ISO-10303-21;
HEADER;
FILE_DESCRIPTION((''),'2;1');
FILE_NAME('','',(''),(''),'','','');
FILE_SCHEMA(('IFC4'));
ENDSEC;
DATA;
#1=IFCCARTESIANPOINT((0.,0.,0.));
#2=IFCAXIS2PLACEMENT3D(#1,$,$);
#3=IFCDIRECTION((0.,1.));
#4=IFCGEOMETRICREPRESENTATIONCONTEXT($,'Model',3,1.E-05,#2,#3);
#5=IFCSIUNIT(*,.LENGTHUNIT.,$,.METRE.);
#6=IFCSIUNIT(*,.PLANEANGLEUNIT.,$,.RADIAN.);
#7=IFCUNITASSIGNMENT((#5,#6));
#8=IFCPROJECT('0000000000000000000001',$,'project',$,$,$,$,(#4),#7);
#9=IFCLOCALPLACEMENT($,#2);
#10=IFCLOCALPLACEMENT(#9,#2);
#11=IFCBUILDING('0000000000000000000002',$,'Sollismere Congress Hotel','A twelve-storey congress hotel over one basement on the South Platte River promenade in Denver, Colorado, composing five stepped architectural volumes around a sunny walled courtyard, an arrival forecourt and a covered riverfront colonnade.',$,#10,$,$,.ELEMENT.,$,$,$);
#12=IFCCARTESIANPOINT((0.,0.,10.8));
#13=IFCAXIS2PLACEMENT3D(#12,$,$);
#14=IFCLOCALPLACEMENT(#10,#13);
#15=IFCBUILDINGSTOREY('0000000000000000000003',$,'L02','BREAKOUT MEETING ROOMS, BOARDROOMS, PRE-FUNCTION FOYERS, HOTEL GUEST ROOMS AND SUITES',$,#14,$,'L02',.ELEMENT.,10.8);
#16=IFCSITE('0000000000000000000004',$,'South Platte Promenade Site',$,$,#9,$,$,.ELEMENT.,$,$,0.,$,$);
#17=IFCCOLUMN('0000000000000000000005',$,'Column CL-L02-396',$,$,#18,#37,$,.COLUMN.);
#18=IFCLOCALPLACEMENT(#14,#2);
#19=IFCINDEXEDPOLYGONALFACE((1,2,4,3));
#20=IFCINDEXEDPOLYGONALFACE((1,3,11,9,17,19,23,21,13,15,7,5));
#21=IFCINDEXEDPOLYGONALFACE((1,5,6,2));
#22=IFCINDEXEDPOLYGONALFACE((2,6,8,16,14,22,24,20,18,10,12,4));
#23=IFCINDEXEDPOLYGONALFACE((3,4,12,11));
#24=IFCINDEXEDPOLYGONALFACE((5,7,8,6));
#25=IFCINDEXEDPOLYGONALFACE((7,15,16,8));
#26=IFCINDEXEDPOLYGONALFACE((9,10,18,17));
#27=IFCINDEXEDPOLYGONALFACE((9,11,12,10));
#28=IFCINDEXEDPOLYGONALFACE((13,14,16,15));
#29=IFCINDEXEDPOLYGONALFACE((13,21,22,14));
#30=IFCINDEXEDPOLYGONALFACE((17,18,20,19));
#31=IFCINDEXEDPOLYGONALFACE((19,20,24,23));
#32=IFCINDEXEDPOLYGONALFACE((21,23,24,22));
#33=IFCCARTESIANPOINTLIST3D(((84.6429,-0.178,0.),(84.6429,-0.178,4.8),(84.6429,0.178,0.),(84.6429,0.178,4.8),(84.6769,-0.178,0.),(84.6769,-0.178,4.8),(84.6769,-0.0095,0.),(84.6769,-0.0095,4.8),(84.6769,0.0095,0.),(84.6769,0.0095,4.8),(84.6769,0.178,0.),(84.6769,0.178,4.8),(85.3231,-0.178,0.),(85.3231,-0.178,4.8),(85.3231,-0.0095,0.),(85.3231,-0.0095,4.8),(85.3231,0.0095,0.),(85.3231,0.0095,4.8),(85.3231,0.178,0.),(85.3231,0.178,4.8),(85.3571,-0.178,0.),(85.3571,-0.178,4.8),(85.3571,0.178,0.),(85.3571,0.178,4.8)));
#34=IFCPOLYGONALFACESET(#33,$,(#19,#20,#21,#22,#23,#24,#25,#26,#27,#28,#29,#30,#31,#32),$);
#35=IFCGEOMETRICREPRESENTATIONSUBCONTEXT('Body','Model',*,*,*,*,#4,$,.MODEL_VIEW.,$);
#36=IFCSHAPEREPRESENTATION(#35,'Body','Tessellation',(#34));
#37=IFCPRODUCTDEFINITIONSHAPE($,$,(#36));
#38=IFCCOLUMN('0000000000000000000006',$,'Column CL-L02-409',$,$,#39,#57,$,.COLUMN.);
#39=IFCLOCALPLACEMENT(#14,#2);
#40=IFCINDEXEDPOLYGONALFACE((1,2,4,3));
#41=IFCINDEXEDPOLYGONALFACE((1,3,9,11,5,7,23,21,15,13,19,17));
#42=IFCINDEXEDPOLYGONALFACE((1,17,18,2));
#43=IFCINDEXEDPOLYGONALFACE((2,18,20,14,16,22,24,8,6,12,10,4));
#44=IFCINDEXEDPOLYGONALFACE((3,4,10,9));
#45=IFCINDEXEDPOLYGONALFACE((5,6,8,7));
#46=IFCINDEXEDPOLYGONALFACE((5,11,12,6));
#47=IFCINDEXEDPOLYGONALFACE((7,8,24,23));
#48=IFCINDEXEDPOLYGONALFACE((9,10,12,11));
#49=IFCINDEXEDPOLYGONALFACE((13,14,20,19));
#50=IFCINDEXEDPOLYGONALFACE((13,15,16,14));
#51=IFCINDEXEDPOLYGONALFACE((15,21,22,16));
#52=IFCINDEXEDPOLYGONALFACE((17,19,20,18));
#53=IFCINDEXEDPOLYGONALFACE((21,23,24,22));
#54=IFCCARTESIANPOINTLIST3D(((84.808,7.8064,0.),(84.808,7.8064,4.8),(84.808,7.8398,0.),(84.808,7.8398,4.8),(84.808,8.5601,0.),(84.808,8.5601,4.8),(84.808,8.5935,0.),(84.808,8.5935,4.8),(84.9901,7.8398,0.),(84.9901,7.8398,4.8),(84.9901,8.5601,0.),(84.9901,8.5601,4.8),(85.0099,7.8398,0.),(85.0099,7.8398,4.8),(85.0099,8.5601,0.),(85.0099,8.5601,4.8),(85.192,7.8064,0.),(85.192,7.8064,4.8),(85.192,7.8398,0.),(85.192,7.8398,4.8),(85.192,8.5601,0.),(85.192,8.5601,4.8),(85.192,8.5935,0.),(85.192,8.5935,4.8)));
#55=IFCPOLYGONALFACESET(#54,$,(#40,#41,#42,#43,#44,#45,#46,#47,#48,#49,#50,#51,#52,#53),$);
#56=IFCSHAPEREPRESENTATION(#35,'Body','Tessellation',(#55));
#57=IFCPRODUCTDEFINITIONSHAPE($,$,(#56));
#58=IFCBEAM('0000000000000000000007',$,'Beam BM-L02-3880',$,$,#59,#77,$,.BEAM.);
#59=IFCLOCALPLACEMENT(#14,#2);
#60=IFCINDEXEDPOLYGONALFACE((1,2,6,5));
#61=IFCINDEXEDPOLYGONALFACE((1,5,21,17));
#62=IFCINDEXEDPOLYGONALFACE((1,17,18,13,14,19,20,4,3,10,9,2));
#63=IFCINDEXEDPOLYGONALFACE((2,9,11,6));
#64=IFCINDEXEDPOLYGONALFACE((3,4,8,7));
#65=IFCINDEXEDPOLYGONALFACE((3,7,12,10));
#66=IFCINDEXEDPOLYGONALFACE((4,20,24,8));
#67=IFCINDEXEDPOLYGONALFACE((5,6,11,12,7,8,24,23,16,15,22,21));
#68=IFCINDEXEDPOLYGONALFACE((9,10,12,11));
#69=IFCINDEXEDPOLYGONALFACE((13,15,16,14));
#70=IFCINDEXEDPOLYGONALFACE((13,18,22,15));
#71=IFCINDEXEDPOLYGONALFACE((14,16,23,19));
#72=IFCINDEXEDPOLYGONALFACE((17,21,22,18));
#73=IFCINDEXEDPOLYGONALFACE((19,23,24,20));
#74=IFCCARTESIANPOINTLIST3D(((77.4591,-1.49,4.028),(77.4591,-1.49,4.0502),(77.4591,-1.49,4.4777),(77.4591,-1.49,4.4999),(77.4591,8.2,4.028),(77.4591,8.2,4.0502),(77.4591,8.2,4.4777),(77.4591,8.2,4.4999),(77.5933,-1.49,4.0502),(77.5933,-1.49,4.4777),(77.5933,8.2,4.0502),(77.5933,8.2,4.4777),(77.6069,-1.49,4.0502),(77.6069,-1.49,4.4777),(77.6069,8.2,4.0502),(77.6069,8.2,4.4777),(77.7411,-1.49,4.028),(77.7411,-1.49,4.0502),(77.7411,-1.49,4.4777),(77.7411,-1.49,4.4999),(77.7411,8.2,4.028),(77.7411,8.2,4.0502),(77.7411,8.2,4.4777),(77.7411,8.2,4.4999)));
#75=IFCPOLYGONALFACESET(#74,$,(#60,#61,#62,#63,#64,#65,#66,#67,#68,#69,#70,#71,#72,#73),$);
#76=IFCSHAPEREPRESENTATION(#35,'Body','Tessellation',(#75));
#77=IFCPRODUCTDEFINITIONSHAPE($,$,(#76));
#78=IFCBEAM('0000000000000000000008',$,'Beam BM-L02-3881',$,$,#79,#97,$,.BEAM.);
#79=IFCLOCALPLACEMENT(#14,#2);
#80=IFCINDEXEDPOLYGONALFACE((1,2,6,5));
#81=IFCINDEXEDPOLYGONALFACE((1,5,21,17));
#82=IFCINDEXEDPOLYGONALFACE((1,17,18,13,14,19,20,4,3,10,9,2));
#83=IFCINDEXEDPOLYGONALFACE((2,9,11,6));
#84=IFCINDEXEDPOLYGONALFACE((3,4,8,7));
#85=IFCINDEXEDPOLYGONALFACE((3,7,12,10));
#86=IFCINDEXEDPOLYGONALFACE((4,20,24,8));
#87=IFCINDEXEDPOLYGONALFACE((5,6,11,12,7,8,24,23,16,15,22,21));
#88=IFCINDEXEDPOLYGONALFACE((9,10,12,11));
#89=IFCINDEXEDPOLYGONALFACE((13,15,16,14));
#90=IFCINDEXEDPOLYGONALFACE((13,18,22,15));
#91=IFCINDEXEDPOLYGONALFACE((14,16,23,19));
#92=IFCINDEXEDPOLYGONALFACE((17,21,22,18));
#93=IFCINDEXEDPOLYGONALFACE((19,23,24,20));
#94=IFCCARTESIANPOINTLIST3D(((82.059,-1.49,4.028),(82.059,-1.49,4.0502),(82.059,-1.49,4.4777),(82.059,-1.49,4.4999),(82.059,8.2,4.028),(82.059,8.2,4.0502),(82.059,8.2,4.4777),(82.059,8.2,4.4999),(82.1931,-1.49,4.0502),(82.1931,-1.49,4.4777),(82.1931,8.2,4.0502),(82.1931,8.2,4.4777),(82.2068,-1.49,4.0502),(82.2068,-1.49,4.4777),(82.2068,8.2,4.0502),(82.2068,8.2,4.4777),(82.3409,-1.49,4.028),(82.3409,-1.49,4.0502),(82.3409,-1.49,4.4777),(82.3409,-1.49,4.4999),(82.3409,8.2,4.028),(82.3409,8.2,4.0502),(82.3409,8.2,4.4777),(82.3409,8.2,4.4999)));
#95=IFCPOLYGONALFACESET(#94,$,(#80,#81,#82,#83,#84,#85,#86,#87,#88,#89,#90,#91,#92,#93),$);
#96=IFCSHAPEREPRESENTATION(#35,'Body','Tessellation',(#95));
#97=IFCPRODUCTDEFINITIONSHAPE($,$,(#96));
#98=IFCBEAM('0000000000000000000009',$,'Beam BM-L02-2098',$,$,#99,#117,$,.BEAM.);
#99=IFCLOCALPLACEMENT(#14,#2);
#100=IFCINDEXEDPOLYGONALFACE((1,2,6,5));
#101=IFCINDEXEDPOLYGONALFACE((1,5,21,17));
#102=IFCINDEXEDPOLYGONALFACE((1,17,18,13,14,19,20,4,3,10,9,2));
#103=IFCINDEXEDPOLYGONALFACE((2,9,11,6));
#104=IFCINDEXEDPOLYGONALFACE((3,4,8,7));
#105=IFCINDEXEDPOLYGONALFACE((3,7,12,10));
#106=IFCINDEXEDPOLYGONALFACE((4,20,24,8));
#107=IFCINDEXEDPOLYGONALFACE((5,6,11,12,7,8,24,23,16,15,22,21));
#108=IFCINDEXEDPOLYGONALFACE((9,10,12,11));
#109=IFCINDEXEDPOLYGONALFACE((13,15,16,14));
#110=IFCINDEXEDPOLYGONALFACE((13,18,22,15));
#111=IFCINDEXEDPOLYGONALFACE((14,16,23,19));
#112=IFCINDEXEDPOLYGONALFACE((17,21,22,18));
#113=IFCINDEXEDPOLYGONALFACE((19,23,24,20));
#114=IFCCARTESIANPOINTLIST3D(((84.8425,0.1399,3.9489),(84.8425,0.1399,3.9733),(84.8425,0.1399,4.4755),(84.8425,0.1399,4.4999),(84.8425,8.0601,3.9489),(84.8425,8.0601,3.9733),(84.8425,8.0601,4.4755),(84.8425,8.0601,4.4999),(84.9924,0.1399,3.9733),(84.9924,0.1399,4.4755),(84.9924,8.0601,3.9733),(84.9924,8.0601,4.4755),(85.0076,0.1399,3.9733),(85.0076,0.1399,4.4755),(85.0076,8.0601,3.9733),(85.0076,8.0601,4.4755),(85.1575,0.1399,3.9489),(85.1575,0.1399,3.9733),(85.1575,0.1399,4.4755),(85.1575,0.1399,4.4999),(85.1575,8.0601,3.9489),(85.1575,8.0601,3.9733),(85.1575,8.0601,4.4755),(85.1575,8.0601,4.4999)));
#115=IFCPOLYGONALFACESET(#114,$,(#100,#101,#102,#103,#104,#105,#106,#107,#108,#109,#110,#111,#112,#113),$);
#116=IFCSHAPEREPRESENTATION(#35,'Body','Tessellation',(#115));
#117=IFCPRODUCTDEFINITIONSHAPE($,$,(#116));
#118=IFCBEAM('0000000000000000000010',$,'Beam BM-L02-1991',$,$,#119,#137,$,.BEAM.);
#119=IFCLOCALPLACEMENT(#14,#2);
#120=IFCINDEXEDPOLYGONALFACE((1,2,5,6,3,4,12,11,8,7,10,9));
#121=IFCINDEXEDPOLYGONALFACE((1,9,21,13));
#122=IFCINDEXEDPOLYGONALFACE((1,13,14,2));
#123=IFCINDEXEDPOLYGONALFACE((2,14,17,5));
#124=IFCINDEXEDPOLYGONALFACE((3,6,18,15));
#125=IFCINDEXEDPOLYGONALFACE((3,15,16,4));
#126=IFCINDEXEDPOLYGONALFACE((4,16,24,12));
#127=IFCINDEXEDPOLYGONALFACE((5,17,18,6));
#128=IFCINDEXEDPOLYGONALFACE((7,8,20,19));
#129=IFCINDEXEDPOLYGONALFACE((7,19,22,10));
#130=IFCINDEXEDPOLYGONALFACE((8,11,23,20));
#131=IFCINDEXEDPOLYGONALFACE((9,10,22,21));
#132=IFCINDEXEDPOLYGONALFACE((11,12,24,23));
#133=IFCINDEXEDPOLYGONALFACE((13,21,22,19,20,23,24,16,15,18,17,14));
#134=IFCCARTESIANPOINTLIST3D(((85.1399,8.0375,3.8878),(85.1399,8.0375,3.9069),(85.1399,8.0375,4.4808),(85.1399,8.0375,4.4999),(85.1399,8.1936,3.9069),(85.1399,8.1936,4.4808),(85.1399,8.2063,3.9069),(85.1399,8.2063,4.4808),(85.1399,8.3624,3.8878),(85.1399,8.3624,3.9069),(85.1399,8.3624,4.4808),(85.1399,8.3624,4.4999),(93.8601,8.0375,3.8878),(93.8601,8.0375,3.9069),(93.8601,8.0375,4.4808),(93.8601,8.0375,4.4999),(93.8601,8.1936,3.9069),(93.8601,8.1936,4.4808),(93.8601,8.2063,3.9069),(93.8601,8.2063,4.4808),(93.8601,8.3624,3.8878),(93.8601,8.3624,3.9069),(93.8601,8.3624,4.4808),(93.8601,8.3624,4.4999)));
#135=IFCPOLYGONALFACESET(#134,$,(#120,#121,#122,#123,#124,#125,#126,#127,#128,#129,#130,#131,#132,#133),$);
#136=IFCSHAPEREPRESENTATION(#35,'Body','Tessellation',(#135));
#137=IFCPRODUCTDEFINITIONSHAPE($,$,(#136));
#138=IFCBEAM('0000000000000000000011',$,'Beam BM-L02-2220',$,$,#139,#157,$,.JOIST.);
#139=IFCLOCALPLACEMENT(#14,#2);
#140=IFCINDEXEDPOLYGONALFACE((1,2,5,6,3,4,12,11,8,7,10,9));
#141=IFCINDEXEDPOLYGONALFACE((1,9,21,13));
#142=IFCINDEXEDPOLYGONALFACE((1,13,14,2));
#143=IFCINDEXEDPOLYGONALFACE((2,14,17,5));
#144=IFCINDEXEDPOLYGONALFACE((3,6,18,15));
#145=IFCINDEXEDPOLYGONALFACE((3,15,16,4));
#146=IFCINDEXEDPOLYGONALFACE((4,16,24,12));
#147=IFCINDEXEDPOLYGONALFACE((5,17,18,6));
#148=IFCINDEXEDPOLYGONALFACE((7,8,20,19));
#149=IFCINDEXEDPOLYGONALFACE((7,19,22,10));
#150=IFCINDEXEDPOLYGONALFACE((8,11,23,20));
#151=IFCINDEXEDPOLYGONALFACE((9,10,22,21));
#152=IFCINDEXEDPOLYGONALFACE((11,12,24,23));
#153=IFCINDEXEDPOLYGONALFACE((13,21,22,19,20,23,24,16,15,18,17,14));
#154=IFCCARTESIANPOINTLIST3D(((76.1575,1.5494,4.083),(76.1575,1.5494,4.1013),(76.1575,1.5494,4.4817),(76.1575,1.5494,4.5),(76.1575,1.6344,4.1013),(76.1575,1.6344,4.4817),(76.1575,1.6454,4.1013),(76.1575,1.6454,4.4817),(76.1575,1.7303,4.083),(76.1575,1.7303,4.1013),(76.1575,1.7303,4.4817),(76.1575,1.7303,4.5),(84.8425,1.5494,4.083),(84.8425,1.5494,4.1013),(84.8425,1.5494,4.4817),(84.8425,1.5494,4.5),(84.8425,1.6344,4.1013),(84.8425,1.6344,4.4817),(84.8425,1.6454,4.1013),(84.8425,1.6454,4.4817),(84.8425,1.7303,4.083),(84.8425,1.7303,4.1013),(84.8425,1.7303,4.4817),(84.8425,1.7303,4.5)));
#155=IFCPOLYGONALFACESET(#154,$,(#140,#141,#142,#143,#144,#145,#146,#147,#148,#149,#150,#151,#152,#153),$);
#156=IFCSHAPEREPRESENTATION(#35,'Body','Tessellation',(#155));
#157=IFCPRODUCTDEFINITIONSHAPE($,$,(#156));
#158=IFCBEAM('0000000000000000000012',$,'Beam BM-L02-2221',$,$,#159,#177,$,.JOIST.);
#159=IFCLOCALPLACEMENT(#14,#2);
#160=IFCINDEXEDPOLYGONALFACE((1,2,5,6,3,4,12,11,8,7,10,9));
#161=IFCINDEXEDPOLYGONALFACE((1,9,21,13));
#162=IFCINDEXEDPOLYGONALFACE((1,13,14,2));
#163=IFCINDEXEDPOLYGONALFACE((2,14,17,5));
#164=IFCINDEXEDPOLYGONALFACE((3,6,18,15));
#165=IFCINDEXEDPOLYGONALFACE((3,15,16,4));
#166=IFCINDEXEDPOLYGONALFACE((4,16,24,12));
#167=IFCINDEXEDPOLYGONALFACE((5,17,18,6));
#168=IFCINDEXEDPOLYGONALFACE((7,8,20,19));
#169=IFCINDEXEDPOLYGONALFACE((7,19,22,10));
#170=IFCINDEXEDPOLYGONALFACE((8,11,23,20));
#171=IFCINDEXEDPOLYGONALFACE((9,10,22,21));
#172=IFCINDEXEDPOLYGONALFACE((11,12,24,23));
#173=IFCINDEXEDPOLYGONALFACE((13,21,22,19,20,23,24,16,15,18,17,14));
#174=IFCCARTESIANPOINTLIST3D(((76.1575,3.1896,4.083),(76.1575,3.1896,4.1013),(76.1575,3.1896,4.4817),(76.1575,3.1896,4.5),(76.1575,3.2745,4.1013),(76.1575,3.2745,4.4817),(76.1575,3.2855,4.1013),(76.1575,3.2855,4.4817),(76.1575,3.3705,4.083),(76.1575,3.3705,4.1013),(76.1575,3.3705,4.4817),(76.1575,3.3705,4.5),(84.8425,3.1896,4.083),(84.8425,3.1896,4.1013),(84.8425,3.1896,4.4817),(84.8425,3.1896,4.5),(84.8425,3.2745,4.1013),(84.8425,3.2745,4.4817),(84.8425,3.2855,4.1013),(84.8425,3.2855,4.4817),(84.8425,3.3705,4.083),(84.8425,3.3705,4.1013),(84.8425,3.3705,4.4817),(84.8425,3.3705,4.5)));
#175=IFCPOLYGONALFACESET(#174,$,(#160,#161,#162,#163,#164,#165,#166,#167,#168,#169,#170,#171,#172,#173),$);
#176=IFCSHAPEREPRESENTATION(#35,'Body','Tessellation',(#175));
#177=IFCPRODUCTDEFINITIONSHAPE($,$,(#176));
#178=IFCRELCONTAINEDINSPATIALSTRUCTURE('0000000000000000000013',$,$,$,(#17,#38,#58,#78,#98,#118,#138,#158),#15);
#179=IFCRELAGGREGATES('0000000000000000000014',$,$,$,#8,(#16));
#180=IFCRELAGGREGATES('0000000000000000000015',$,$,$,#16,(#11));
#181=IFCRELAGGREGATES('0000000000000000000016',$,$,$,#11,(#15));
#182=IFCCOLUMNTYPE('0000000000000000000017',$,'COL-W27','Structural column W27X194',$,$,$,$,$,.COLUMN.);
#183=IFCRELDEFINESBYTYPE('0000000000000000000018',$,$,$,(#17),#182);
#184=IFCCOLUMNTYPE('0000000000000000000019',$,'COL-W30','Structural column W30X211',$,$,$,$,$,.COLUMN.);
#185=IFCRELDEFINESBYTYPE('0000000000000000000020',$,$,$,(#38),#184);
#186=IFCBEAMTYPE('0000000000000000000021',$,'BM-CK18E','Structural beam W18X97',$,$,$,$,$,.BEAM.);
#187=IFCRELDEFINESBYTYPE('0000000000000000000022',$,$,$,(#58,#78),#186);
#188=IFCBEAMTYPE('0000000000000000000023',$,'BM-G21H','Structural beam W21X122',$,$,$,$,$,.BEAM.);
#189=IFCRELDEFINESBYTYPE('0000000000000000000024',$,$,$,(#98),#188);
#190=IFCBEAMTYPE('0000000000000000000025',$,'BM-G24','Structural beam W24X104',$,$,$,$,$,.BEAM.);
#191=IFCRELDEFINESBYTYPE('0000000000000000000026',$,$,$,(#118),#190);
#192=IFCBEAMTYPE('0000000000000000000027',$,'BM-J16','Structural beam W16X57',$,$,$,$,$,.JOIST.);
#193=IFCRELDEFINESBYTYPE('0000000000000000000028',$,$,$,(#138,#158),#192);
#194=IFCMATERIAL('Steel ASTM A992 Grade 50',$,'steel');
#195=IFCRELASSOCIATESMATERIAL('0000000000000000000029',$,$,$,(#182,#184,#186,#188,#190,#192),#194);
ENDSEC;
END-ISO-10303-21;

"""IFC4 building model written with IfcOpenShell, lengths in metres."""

from ifc_helpers import new_model, si_unit, direction, frame, origin, origin_2d, place, context, subcontext, project, spatial, i_section, extrude, material, material_profile, profile_set, type_object, element, save


model = new_model("IFC4")

# Units and contexts
model_context = context("Model", 3, precision=1e-05, world=origin(), true_north=direction((0.0, 1.0)))
body_context = subcontext(model_context, "Body", "Model", "MODEL_VIEW")
ifc_project = project(units=[si_unit("LENGTHUNIT", "METRE"), si_unit("PLANEANGLEUNIT", "RADIAN")], contexts=[model_context])

# Site, building, storey
site_placement = place(None, origin())
site = spatial("IfcSite", under=ifc_project, at=site_placement, Name="South Platte Promenade Site", CompositionType="ELEMENT", RefElevation=0.0)
building_placement = place(site_placement, origin())
building = spatial("IfcBuilding", under=site, at=building_placement, Name="Sollismere Congress Hotel", Description="A twelve-storey congress hotel over one basement on the South Platte River promenade in Denver, Colorado, composing five stepped architectural volumes around a sunny walled courtyard, an arrival forecourt and a covered riverfront colonnade.", CompositionType="ELEMENT")
storey_placement = place(building_placement, frame((0.0, 0.0, 10.8)))
storey = spatial("IfcBuildingStorey", under=building, at=storey_placement, Name="L02", Description="BREAKOUT MEETING ROOMS, BOARDROOMS, PRE-FUNCTION FOYERS, HOTEL GUEST ROOMS AND SUITES", LongName="L02", CompositionType="ELEMENT", Elevation=10.8)

# Columns
ifc_material_1 = material(Name="Steel ASTM A992 Grade 50", Category="steel")
ifc_material_profile_1 = material_profile(ifc_material_1, i_section(OverallWidth=0.356, OverallDepth=0.7141, WebThickness=0.019, FlangeThickness=0.0339, at=origin_2d()), Name="W27X194")
ifc_profile_set_1 = profile_set([ifc_material_profile_1], Name="Steel ASTM A992 Grade 50")
column_type_1 = type_object("IfcColumnType", Name="COL-W27", Description="Structural column W27X194", PredefinedType="COLUMN", material=ifc_profile_set_1)
column_1_placement = place(storey_placement, frame((85.0, 0.0, 0.0), z_axis=(0.0, 0.0, 1.0), x_axis=(0.0, 1.0, 0.0)))
element("IfcColumn", 1, at=column_1_placement, inside=storey, type_object=column_type_1, Name="Column CL-L02-396", PredefinedType="COLUMN", context=body_context, shape_type="SweptSolid", body=[
    extrude(i_section(OverallWidth=0.356, OverallDepth=0.7141, WebThickness=0.019, FlangeThickness=0.0339, at=origin_2d()), origin(), (0.0, 0.0, 1.0), 4.8),
])
ifc_material_profile_2 = material_profile(ifc_material_1, i_section(OverallWidth=0.384, OverallDepth=0.7871, WebThickness=0.0198, FlangeThickness=0.0334, at=origin_2d()), Name="W30X211")
ifc_profile_set_2 = profile_set([ifc_material_profile_2], Name="Steel ASTM A992 Grade 50")
column_type_2 = type_object("IfcColumnType", Name="COL-W30", Description="Structural column W30X211", PredefinedType="COLUMN", material=ifc_profile_set_2)
column_2_placement = place(storey_placement, frame((85.0, 8.2, 0.0), z_axis=(0.0, 0.0, 1.0), x_axis=(1.0, 0.0, 0.0)))
element("IfcColumn", 2, at=column_2_placement, inside=storey, type_object=column_type_2, Name="Column CL-L02-409", PredefinedType="COLUMN", context=body_context, shape_type="SweptSolid", body=[
    extrude(i_section(OverallWidth=0.384, OverallDepth=0.7871, WebThickness=0.0198, FlangeThickness=0.0334, at=origin_2d()), origin(), (0.0, 0.0, 1.0), 4.8),
])

# Beams
ifc_material_profile_3 = material_profile(ifc_material_1, i_section(OverallWidth=0.282, OverallDepth=0.4719, WebThickness=0.0137, FlangeThickness=0.0222, at=origin_2d()), Name="W18X97")
ifc_profile_set_3 = profile_set([ifc_material_profile_3], Name="Steel ASTM A992 Grade 50")
beam_type_1 = type_object("IfcBeamType", Name="BM-CK18E", Description="Structural beam W18X97", PredefinedType="BEAM", material=ifc_profile_set_3)
for number, where, z_axis, x_axis, name in (
    (3, (77.6001, 8.2, 4.2639), (0.0, -1.0, 0.0), (1.0, 0.0, 0.0), "Beam BM-L02-3880"),
    (4, (82.2, 8.2, 4.2639), (0.0, -1.0, 0.0), (1.0, 0.0, 0.0), "Beam BM-L02-3881"),
):
    element("IfcBeam", number, at=place(storey_placement, frame(where, z_axis=z_axis, x_axis=x_axis)), inside=storey, type_object=beam_type_1, Name=name, PredefinedType="BEAM", context=body_context, shape_type="SweptSolid", body=[
        extrude(i_section(OverallWidth=0.282, OverallDepth=0.4719, WebThickness=0.0137, FlangeThickness=0.0222, at=origin_2d()), origin(), (0.0, 0.0, 1.0), 9.6899),
    ])
ifc_material_profile_4 = material_profile(ifc_material_1, i_section(OverallWidth=0.3149, OverallDepth=0.551, WebThickness=0.0151, FlangeThickness=0.0244, at=origin_2d()), Name="W21X122")
ifc_profile_set_4 = profile_set([ifc_material_profile_4], Name="Steel ASTM A992 Grade 50")
beam_type_2 = type_object("IfcBeamType", Name="BM-G21H", Description="Structural beam W21X122", PredefinedType="BEAM", material=ifc_profile_set_4)
beam_1_placement = place(storey_placement, frame((85.0, 0.1399, 4.2244), z_axis=(0.0, 1.0, 0.0), x_axis=(-1.0, 0.0, 0.0)))
element("IfcBeam", 5, at=beam_1_placement, inside=storey, type_object=beam_type_2, Name="Beam BM-L02-2098", PredefinedType="BEAM", context=body_context, shape_type="SweptSolid", body=[
    extrude(i_section(OverallWidth=0.3149, OverallDepth=0.551, WebThickness=0.0151, FlangeThickness=0.0244, at=origin_2d()), origin(), (0.0, 0.0, 1.0), 7.9202),
])
ifc_material_profile_5 = material_profile(ifc_material_1, i_section(OverallWidth=0.325, OverallDepth=0.6121, WebThickness=0.0127, FlangeThickness=0.019, at=origin_2d()), Name="W24X104")
ifc_profile_set_5 = profile_set([ifc_material_profile_5], Name="Steel ASTM A992 Grade 50")
beam_type_3 = type_object("IfcBeamType", Name="BM-G24", Description="Structural beam W24X104", PredefinedType="BEAM", material=ifc_profile_set_5)
beam_2_placement = place(storey_placement, frame((85.1399, 8.2, 4.1938), z_axis=(1.0, 0.0, 0.0), x_axis=(0.0, 1.0, 0.0)))
element("IfcBeam", 6, at=beam_2_placement, inside=storey, type_object=beam_type_3, Name="Beam BM-L02-1991", PredefinedType="BEAM", context=body_context, shape_type="SweptSolid", body=[
    extrude(i_section(OverallWidth=0.325, OverallDepth=0.6121, WebThickness=0.0127, FlangeThickness=0.019, at=origin_2d()), origin(), (0.0, 0.0, 1.0), 8.7202),
])
ifc_material_profile_6 = material_profile(ifc_material_1, i_section(OverallWidth=0.1809, OverallDepth=0.417, WebThickness=0.011, FlangeThickness=0.0183, at=origin_2d()), Name="W16X57")
ifc_profile_set_6 = profile_set([ifc_material_profile_6], Name="Steel ASTM A992 Grade 50")
beam_type_4 = type_object("IfcBeamType", Name="BM-J16", Description="Structural beam W16X57", PredefinedType="JOIST", material=ifc_profile_set_6)
for number, where, z_axis, x_axis, name in (
    (7, (76.1575, 1.6399, 4.2915), (1.0, 0.0, 0.0), (0.0, 1.0, 0.0), "Beam BM-L02-2220"),
    (8, (76.1575, 3.28, 4.2915), (1.0, 0.0, 0.0), (0.0, 1.0, 0.0), "Beam BM-L02-2221"),
):
    element("IfcBeam", number, at=place(storey_placement, frame(where, z_axis=z_axis, x_axis=x_axis)), inside=storey, type_object=beam_type_4, Name=name, PredefinedType="JOIST", context=body_context, shape_type="SweptSolid", body=[
        extrude(i_section(OverallWidth=0.1809, OverallDepth=0.417, WebThickness=0.011, FlangeThickness=0.0183, at=origin_2d()), origin(), (0.0, 0.0, 1.0), 8.6851),
    ])

save(model, "model.ifc")
